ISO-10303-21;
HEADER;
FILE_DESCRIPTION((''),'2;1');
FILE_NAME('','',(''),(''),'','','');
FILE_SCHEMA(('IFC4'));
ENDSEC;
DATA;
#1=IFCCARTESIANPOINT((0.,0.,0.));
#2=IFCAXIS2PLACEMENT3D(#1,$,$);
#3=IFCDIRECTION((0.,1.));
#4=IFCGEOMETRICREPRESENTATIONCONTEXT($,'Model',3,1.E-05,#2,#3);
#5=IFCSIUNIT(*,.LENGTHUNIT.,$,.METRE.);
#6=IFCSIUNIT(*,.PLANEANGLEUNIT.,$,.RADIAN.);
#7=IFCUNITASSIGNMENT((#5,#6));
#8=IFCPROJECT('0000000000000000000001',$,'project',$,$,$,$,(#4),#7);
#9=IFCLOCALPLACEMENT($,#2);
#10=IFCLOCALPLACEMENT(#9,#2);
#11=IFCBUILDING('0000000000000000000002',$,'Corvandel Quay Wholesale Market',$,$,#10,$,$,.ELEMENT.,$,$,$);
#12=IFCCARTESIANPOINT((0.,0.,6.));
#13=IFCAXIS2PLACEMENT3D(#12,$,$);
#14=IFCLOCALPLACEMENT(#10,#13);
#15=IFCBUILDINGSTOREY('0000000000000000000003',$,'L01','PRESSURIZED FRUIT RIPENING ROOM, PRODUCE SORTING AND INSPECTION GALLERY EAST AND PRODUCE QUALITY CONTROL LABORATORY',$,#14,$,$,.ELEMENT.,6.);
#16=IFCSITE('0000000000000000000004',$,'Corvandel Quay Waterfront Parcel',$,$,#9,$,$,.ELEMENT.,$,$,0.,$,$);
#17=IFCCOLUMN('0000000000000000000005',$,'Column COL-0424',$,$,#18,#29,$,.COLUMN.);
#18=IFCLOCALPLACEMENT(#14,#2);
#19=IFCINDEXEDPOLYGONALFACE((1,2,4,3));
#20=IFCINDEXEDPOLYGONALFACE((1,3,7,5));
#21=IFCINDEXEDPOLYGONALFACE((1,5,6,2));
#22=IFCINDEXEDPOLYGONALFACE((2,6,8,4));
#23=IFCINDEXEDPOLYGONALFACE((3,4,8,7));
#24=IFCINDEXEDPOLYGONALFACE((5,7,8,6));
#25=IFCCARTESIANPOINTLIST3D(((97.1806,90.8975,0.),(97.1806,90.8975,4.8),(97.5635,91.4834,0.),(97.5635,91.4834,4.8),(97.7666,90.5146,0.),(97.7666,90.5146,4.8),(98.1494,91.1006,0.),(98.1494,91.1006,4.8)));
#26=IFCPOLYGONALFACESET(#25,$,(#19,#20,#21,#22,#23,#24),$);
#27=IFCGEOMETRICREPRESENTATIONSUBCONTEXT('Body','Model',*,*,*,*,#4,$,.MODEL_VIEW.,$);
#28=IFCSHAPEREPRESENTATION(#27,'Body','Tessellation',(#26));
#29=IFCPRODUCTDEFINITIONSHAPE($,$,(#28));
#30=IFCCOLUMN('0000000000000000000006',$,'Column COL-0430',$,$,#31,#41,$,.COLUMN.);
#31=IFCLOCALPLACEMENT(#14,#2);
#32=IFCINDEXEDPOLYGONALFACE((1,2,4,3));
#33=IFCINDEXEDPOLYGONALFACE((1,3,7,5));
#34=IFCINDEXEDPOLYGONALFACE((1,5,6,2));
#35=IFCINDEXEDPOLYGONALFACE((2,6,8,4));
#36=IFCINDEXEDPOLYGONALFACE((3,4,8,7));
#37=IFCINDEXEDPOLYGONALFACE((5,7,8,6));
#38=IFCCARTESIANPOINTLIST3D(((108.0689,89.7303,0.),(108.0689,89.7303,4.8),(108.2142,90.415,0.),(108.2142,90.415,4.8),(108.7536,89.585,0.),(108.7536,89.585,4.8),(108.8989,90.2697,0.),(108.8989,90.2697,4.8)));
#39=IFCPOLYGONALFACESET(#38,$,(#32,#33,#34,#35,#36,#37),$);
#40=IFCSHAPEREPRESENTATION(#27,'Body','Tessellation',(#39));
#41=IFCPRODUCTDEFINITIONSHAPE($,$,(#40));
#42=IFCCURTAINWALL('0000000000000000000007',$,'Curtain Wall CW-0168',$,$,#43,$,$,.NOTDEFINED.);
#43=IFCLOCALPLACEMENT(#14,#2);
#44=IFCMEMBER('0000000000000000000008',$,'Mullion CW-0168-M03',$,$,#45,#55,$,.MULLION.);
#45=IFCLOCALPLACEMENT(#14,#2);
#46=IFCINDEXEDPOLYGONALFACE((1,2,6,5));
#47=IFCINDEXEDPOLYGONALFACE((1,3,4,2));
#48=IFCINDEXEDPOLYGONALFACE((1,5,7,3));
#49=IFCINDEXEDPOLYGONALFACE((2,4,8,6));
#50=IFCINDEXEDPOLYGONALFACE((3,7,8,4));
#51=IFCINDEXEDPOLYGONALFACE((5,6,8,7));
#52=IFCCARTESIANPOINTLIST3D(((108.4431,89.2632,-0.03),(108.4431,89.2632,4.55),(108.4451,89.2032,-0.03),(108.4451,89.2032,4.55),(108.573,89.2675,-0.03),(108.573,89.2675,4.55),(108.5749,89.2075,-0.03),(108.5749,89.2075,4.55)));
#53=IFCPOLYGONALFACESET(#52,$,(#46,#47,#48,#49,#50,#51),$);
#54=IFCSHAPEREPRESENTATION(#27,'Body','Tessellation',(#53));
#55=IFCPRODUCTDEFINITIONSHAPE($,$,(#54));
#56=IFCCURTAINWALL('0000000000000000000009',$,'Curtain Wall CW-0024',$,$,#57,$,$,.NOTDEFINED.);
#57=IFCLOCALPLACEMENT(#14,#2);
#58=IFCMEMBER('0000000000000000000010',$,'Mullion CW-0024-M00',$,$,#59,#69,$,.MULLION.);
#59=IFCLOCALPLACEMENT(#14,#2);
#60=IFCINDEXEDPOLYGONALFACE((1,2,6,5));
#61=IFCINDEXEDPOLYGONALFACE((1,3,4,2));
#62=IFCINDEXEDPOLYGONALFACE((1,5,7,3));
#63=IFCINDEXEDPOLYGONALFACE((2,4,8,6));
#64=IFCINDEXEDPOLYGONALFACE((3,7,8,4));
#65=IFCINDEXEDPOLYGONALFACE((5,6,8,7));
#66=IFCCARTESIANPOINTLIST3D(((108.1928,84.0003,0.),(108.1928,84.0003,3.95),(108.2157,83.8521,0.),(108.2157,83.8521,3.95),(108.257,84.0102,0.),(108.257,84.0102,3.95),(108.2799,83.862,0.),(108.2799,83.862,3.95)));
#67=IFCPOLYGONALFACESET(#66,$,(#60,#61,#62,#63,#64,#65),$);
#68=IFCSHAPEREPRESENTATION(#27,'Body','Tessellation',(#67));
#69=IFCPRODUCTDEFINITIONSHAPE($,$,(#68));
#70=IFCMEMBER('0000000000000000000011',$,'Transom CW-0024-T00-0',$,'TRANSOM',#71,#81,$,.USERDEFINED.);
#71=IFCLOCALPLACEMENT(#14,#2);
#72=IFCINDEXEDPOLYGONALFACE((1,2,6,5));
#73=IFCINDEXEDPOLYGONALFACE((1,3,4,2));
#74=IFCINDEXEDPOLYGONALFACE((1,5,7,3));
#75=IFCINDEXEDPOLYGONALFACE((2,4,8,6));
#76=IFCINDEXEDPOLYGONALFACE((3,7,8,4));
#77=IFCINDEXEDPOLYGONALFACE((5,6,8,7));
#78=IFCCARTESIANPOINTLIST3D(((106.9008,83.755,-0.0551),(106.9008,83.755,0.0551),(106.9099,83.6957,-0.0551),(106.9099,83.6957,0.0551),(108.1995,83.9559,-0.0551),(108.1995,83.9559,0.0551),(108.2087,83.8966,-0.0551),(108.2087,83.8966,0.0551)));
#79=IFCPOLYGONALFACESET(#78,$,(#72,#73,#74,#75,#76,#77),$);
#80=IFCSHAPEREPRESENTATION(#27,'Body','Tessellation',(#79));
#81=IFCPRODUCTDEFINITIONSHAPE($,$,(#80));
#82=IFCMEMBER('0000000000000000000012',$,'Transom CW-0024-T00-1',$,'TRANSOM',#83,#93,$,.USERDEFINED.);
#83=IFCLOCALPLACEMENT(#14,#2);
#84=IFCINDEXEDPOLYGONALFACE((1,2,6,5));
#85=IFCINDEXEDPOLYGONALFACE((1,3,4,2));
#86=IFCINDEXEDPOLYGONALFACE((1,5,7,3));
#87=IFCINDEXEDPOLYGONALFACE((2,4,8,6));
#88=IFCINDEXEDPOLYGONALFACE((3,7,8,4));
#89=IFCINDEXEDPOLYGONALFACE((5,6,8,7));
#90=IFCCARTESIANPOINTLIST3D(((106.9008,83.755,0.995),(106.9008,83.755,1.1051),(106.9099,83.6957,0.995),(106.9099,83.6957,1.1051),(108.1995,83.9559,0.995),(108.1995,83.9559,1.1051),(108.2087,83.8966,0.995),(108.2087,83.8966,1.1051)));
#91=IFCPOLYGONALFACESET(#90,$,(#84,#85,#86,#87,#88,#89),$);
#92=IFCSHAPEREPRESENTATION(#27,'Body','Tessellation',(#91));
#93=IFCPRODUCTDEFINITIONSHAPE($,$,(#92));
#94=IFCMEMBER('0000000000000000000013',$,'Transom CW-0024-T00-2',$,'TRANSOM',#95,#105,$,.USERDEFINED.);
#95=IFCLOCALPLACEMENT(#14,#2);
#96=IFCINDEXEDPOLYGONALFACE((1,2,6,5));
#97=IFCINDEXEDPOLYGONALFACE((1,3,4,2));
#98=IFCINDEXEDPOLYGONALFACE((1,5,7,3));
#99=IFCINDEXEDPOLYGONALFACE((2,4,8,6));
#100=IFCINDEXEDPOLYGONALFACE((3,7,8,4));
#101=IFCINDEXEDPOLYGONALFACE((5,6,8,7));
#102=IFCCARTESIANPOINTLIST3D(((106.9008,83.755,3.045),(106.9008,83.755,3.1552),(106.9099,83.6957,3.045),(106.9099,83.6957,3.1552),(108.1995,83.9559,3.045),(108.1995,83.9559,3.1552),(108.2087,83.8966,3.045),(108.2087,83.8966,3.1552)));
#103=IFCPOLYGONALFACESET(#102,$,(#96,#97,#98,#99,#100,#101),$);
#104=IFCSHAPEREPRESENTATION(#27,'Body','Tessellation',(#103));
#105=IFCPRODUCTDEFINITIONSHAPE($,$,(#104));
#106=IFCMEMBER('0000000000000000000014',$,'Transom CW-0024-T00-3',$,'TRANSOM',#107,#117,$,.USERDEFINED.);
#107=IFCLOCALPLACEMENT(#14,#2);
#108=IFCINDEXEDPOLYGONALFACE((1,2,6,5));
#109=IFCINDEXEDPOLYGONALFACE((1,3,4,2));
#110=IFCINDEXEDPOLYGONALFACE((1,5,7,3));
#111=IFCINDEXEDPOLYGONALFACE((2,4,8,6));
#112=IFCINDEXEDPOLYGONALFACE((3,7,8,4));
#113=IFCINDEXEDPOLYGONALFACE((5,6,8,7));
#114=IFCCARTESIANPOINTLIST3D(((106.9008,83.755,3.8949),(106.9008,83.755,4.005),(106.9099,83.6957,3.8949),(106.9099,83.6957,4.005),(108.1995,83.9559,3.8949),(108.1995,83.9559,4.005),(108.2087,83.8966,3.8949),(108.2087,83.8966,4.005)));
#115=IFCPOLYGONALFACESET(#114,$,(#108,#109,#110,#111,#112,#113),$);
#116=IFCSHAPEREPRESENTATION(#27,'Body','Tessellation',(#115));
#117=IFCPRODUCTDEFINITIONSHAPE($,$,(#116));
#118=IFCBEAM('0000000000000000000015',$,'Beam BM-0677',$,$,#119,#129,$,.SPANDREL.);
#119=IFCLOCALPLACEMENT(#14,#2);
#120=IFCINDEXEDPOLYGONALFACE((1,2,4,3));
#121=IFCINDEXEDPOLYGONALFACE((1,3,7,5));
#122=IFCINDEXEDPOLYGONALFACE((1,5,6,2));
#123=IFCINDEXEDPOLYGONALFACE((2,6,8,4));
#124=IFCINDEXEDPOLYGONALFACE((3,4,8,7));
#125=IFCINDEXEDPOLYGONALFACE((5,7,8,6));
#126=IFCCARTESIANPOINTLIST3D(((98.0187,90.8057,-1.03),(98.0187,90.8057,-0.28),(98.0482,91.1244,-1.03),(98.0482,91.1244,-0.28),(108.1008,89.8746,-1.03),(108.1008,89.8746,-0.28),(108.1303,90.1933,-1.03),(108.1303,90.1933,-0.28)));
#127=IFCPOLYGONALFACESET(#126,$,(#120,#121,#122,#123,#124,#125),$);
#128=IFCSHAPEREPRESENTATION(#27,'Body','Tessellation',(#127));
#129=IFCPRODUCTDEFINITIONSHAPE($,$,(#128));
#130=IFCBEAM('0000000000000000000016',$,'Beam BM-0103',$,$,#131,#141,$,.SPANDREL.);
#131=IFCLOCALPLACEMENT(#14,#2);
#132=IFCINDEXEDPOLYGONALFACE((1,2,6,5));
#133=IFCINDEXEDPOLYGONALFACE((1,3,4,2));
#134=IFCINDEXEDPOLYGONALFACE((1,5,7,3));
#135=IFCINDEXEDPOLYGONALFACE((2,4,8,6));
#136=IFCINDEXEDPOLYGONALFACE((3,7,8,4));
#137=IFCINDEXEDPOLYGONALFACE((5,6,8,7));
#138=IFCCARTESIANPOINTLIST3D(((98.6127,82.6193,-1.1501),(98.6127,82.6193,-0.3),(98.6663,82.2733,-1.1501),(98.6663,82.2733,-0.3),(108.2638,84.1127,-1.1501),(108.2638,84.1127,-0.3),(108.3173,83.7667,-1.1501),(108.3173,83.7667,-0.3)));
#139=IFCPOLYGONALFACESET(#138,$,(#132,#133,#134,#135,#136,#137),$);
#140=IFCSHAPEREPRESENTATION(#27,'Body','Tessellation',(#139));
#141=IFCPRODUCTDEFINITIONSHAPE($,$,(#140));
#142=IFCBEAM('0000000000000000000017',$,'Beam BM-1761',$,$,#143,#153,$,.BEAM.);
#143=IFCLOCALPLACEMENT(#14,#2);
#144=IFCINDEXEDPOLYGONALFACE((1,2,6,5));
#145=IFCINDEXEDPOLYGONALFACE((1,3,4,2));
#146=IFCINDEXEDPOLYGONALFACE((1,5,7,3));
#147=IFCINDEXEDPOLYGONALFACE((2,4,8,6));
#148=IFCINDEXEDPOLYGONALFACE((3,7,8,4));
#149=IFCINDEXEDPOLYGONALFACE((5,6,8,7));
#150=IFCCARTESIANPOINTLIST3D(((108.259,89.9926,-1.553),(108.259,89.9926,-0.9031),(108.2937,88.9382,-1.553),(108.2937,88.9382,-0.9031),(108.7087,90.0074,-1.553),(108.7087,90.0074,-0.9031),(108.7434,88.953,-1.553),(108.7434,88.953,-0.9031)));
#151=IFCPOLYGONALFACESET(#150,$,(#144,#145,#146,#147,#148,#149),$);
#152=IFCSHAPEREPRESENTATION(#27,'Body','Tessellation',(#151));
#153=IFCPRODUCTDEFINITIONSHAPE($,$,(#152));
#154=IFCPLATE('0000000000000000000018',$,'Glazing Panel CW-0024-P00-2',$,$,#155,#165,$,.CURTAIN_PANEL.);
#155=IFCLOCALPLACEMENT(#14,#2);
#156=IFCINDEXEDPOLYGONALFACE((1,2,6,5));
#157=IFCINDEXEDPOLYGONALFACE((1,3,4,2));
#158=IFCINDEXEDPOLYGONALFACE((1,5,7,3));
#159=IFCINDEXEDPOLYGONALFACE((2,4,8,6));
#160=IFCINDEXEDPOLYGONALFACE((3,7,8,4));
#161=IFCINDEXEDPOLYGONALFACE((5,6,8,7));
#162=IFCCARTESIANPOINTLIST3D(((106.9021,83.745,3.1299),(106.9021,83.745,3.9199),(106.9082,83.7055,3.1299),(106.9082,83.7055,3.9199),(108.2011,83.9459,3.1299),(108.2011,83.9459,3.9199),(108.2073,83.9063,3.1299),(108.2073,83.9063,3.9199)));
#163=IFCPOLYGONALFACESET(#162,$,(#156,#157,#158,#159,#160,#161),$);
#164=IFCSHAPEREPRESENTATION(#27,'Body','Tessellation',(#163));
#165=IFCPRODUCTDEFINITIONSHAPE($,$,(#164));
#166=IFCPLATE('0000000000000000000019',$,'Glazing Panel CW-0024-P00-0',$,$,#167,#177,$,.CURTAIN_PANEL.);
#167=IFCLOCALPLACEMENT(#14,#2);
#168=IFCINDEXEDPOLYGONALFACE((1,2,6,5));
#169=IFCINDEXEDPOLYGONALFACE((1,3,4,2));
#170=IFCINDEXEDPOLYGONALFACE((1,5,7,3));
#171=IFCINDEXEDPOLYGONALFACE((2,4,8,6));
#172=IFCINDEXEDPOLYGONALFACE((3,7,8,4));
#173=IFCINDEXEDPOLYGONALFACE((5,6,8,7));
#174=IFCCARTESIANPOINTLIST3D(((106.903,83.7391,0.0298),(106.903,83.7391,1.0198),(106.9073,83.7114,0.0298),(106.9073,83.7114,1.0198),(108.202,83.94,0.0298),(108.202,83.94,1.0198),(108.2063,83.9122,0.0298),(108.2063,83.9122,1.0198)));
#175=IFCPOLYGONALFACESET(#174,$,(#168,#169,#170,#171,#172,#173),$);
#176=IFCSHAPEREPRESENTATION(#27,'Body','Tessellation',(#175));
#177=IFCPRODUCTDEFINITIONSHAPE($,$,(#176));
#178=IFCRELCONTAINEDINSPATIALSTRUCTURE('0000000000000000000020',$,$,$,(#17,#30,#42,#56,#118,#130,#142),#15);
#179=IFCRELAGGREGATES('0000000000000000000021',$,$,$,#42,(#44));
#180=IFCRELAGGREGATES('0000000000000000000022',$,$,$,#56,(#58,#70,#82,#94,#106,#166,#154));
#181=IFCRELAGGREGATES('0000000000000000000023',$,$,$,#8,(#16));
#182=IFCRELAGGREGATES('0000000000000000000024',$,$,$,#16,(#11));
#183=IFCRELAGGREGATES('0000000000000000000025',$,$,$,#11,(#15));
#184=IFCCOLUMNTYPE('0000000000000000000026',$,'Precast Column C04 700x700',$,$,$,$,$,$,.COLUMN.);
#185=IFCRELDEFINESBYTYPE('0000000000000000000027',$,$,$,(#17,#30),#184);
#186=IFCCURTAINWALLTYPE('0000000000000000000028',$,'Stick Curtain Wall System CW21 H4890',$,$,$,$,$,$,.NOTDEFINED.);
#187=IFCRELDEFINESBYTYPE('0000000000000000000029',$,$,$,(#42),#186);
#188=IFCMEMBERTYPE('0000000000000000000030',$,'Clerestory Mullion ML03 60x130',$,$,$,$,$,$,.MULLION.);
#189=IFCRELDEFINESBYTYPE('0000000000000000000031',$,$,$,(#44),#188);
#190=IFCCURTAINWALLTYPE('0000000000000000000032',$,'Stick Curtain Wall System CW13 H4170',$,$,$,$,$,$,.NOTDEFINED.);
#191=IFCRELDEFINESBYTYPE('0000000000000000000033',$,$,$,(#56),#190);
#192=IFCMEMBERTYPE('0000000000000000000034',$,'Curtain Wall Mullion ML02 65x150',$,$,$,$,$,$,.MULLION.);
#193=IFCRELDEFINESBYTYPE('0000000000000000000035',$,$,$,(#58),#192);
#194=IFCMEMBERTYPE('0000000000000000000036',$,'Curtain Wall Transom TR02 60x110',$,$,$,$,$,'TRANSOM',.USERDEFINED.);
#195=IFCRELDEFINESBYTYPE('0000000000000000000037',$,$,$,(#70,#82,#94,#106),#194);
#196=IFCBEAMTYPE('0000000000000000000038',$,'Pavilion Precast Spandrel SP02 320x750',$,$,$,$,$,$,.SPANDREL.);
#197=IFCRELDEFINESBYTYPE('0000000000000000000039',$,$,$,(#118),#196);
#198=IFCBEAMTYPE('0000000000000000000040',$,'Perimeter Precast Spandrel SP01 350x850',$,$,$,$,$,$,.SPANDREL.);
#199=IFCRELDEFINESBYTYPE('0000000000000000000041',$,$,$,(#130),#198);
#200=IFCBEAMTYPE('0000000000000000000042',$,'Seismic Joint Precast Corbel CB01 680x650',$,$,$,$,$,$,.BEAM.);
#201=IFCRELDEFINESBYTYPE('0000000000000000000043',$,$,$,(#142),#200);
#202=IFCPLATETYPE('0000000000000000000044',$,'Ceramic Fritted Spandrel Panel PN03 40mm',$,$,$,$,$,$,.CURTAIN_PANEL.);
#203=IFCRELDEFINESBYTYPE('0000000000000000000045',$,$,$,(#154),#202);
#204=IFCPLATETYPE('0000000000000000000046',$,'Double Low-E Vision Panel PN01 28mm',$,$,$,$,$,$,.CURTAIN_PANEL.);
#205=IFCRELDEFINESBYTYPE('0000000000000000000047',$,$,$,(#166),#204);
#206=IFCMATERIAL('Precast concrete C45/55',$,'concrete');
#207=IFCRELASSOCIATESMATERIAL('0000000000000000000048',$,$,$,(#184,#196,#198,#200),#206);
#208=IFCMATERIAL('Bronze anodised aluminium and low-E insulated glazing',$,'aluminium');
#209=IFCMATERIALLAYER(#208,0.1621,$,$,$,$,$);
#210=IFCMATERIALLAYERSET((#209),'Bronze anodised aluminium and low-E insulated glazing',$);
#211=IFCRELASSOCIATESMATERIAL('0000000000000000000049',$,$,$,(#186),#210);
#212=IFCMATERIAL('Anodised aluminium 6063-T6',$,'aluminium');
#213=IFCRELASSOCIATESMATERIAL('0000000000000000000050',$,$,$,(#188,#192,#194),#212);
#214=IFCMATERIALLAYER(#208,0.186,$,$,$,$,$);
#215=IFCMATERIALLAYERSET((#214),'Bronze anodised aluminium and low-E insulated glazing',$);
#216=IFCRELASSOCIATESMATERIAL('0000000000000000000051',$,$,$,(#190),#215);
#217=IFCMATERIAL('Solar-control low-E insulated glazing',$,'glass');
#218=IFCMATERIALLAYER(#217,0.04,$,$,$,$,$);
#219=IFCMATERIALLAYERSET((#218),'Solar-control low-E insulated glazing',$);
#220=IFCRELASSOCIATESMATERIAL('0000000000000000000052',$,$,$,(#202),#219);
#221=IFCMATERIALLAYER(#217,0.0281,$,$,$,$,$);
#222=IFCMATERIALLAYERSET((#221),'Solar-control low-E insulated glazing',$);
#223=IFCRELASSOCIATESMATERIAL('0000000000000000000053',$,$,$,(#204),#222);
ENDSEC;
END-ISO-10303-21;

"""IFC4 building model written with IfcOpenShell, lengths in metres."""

from ifc_helpers import new_model, si_unit, direction, frame, origin, origin_2d, place, context, subcontext, project, spatial, rectangle, extrude, material, layer, layer_set, material_profile, profile_set, type_object, element, aggregate, save


model = new_model("IFC4")

# Units and contexts
model_context = context("Model", 3, precision=1e-05, world=origin(), true_north=direction((0.0, 1.0)))
body_context = subcontext(model_context, "Body", "Model", "MODEL_VIEW")
ifc_project = project(units=[si_unit("LENGTHUNIT", "METRE"), si_unit("PLANEANGLEUNIT", "RADIAN")], contexts=[model_context])

# Site, building, storey
site_placement = place(None, origin())
site = spatial("IfcSite", under=ifc_project, at=site_placement, Name="Corvandel Quay Waterfront Parcel", CompositionType="ELEMENT", RefElevation=0.0)
building_placement = place(site_placement, origin())
building = spatial("IfcBuilding", under=site, at=building_placement, Name="Corvandel Quay Wholesale Market", CompositionType="ELEMENT")
storey_placement = place(building_placement, frame((0.0, 0.0, 6.0)))
storey = spatial("IfcBuildingStorey", under=building, at=storey_placement, Name="L01", Description="PRESSURIZED FRUIT RIPENING ROOM, PRODUCE SORTING AND INSPECTION GALLERY EAST AND PRODUCE QUALITY CONTROL LABORATORY", CompositionType="ELEMENT", Elevation=6.0)

# Columns
ifc_material_1 = material(Name="Precast concrete C45/55", Category="concrete")
ifc_material_profile_1 = material_profile(ifc_material_1, rectangle(XDim=0.7, YDim=0.7, at=origin_2d()), Name="PC-COL-700x700")
ifc_profile_set_1 = profile_set([ifc_material_profile_1], Name="Precast concrete C45/55")
column_type = type_object("IfcColumnType", Name="Precast Column C04 700x700", PredefinedType="COLUMN", material=ifc_profile_set_1)
for number, where, z_axis, x_axis, name in (
    (1, (97.665, 90.999, 0.0), (0.0, 0.0, 1.0), (-0.837146, 0.546979, 0.0), "Column COL-0424"),
    (2, (108.4839, 90.0, 0.0), (0.0, 0.0, 1.0), (-0.97822, 0.20757, 0.0), "Column COL-0430"),
):
    element("IfcColumn", number, at=place(storey_placement, frame(where, z_axis=z_axis, x_axis=x_axis)), inside=storey, type_object=column_type, Name=name, PredefinedType="COLUMN", context=body_context, shape_type="SweptSolid", body=[
        extrude(rectangle(XDim=0.7, YDim=0.7, at=origin_2d()), origin(), (0.0, 0.0, 1.0), 4.8),
    ])

# Curtain wall, member
ifc_material_2 = material(Name="Bronze anodised aluminium and low-E insulated glazing", Category="aluminium")
ifc_layer_1 = layer(ifc_material_2, 0.1621)
ifc_layer_set_1 = layer_set([ifc_layer_1], Name="Bronze anodised aluminium and low-E insulated glazing")
curtain_wall_type_1 = type_object("IfcCurtainWallType", Name="Stick Curtain Wall System CW21 H4890", PredefinedType="NOTDEFINED", material=ifc_layer_set_1)
curtain_wall_1_placement = place(storey_placement, origin())
curtain_wall_1 = element("IfcCurtainWall", 3, at=curtain_wall_1_placement, inside=storey, type_object=curtain_wall_type_1, Name="Curtain Wall CW-0168", PredefinedType="NOTDEFINED")
ifc_material_3 = material(Name="Anodised aluminium 6063-T6", Category="aluminium")
ifc_material_profile_2 = material_profile(ifc_material_3, rectangle(XDim=0.0601, YDim=0.1299, at=origin_2d()), Name="ALU-MUL-60x130")
ifc_profile_set_2 = profile_set([ifc_material_profile_2], Name="Anodised aluminium 6063-T6")
member_type_1 = type_object("IfcMemberType", Name="Clerestory Mullion ML03 60x130", PredefinedType="MULLION", material=ifc_profile_set_2)
member_1_placement = place(storey_placement, frame((108.509, 89.2354, -0.03), z_axis=(0.0, 0.0, 1.0), x_axis=(-0.032806, 0.999462, 0.0)))
member_1 = element("IfcMember", 4, at=member_1_placement, type_object=member_type_1, Name="Mullion CW-0168-M03", PredefinedType="MULLION", context=body_context, shape_type="SweptSolid", body=[
    extrude(rectangle(XDim=0.0601, YDim=0.1299, at=origin_2d()), origin(), (0.0, 0.0, 1.0), 4.5801),
])
aggregate(curtain_wall_1, [member_1])

# Curtain wall, members
ifc_layer_2 = layer(ifc_material_2, 0.186)
ifc_layer_set_2 = layer_set([ifc_layer_2], Name="Bronze anodised aluminium and low-E insulated glazing")
curtain_wall_type_2 = type_object("IfcCurtainWallType", Name="Stick Curtain Wall System CW13 H4170", PredefinedType="NOTDEFINED", material=ifc_layer_set_2)
curtain_wall_2_placement = place(storey_placement, origin())
curtain_wall_2 = element("IfcCurtainWall", 5, at=curtain_wall_2_placement, inside=storey, type_object=curtain_wall_type_2, Name="Curtain Wall CW-0024", PredefinedType="NOTDEFINED")
ifc_material_profile_3 = material_profile(ifc_material_3, rectangle(XDim=0.0649, YDim=0.1499, at=origin_2d()), Name="ALU-MUL-65x150")
ifc_profile_set_3 = profile_set([ifc_material_profile_3], Name="Anodised aluminium 6063-T6")
member_type_2 = type_object("IfcMemberType", Name="Curtain Wall Mullion ML02 65x150", PredefinedType="MULLION", material=ifc_profile_set_3)
member_2_placement = place(storey_placement, frame((108.2363, 83.9312, 0.0), z_axis=(0.0, 0.0, 1.0), x_axis=(0.988255, 0.152813, 0.0)))
member_2 = element("IfcMember", 6, at=member_2_placement, type_object=member_type_2, Name="Mullion CW-0024-M00", PredefinedType="MULLION", context=body_context, shape_type="SweptSolid", body=[
    extrude(rectangle(XDim=0.0649, YDim=0.1499, at=origin_2d()), origin(), (0.0, 0.0, 1.0), 3.95),
])
ifc_material_profile_4 = material_profile(ifc_material_3, rectangle(XDim=0.0601, YDim=0.1101, at=origin_2d()), Name="ALU-TRN-60x110")
ifc_profile_set_4 = profile_set([ifc_material_profile_4], Name="Anodised aluminium 6063-T6")
member_type_3 = type_object("IfcMemberType", Name="Curtain Wall Transom TR02 60x110", ElementType="TRANSOM", PredefinedType="USERDEFINED", material=ifc_profile_set_4)
member_3_placement = place(storey_placement, frame((108.2041, 83.9263, 0.0), z_axis=(-0.988245, -0.152881, 0.0), x_axis=(0.152881, -0.988245, 0.0)))
member_3 = element("IfcMember", 7, at=member_3_placement, type_object=member_type_3, Name="Transom CW-0024-T00-0", ObjectType="TRANSOM", PredefinedType="USERDEFINED", context=body_context, shape_type="SweptSolid", body=[
    extrude(rectangle(XDim=0.0601, YDim=0.1101, at=origin_2d()), origin(), (0.0, 0.0, 1.0), 1.3142),
])
member_4_placement = place(storey_placement, frame((108.2041, 83.9263, 1.05), z_axis=(-0.988245, -0.152881, 0.0), x_axis=(0.152881, -0.988245, 0.0)))
member_4 = element("IfcMember", 8, at=member_4_placement, type_object=member_type_3, Name="Transom CW-0024-T00-1", ObjectType="TRANSOM", PredefinedType="USERDEFINED", context=body_context, shape_type="SweptSolid", body=[
    extrude(rectangle(XDim=0.0601, YDim=0.1101, at=origin_2d()), origin(), (0.0, 0.0, 1.0), 1.3142),
])
member_5_placement = place(storey_placement, frame((108.2041, 83.9263, 3.1001), z_axis=(-0.988245, -0.152881, 0.0), x_axis=(0.152881, -0.988245, 0.0)))
member_5 = element("IfcMember", 9, at=member_5_placement, type_object=member_type_3, Name="Transom CW-0024-T00-2", ObjectType="TRANSOM", PredefinedType="USERDEFINED", context=body_context, shape_type="SweptSolid", body=[
    extrude(rectangle(XDim=0.0601, YDim=0.1101, at=origin_2d()), origin(), (0.0, 0.0, 1.0), 1.3142),
])
member_6_placement = place(storey_placement, frame((108.2041, 83.9263, 3.95), z_axis=(-0.988245, -0.152881, 0.0), x_axis=(0.152881, -0.988245, 0.0)))
member_6 = element("IfcMember", 10, at=member_6_placement, type_object=member_type_3, Name="Transom CW-0024-T00-3", ObjectType="TRANSOM", PredefinedType="USERDEFINED", context=body_context, shape_type="SweptSolid", body=[
    extrude(rectangle(XDim=0.0601, YDim=0.1101, at=origin_2d()), origin(), (0.0, 0.0, 1.0), 1.3142),
])

# Beams
ifc_material_profile_5 = material_profile(ifc_material_1, rectangle(XDim=0.3201, YDim=0.75, at=origin_2d()), Name="PC-SPN-320x750")
ifc_profile_set_5 = profile_set([ifc_material_profile_5], Name="Precast concrete C45/55")
beam_type_1 = type_object("IfcBeamType", Name="Pavilion Precast Spandrel SP02 320x750", PredefinedType="SPANDREL", material=ifc_profile_set_5)
beam_1_placement = place(storey_placement, frame((98.0334, 90.9651, -0.655), z_axis=(0.995762, -0.091966, 0.0), x_axis=(0.091966, 0.995762, 0.0)))
element("IfcBeam", 11, at=beam_1_placement, inside=storey, type_object=beam_type_1, Name="Beam BM-0677", PredefinedType="SPANDREL", context=body_context, shape_type="SweptSolid", body=[
    extrude(rectangle(XDim=0.3201, YDim=0.75, at=origin_2d()), origin(), (0.0, 0.0, 1.0), 10.125),
])
ifc_material_profile_6 = material_profile(ifc_material_1, rectangle(XDim=0.3501, YDim=0.8501, at=origin_2d()), Name="PC-SPN-350x850")
ifc_profile_set_6 = profile_set([ifc_material_profile_6], Name="Precast concrete C45/55")
beam_type_2 = type_object("IfcBeamType", Name="Perimeter Precast Spandrel SP01 350x850", PredefinedType="SPANDREL", material=ifc_profile_set_6)
beam_2_placement = place(storey_placement, frame((108.2905, 83.9397, -0.7251), z_axis=(-0.988239, -0.152919, 0.0), x_axis=(0.152919, -0.988239, 0.0)))
element("IfcBeam", 12, at=beam_2_placement, inside=storey, type_object=beam_type_2, Name="Beam BM-0103", PredefinedType="SPANDREL", context=body_context, shape_type="SweptSolid", body=[
    extrude(rectangle(XDim=0.3501, YDim=0.8501, at=origin_2d()), origin(), (0.0, 0.0, 1.0), 9.7659),
])
ifc_material_profile_7 = material_profile(ifc_material_1, rectangle(XDim=0.45, YDim=0.6499, at=origin_2d()), Name="PC-COR-680x650")
ifc_profile_set_7 = profile_set([ifc_material_profile_7], Name="Precast concrete C45/55")
beam_type_3 = type_object("IfcBeamType", Name="Seismic Joint Precast Corbel CB01 680x650", PredefinedType="BEAM", material=ifc_profile_set_7)
beam_3_placement = place(storey_placement, frame((108.4839, 90.0, -1.228), z_axis=(0.03286, -0.99946, 0.0), x_axis=(0.99946, 0.03286, 0.0)))
element("IfcBeam", 13, at=beam_3_placement, inside=storey, type_object=beam_type_3, Name="Beam BM-1761", PredefinedType="BEAM", context=body_context, shape_type="SweptSolid", body=[
    extrude(rectangle(XDim=0.45, YDim=0.6499, at=origin_2d()), origin(), (0.0, 0.0, 1.0), 1.0549),
])

# Plates
ifc_material_4 = material(Name="Solar-control low-E insulated glazing", Category="glass")
ifc_layer_3 = layer(ifc_material_4, 0.04)
ifc_layer_set_3 = layer_set([ifc_layer_3], Name="Solar-control low-E insulated glazing")
plate_type_1 = type_object("IfcPlateType", Name="Ceramic Fritted Spandrel Panel PN03 40mm", PredefinedType="CURTAIN_PANEL", material=ifc_layer_set_3)
plate_1_placement = place(storey_placement, frame((107.5547, 83.8257, 3.1299), z_axis=(0.0, 0.0, 1.0), x_axis=(0.988255, 0.152813, 0.0)))
plate_1 = element("IfcPlate", 14, at=plate_1_placement, type_object=plate_type_1, Name="Glazing Panel CW-0024-P00-2", PredefinedType="CURTAIN_PANEL", context=body_context, shape_type="SweptSolid", body=[
    extrude(rectangle(XDim=1.3145, YDim=0.04, at=origin_2d()), origin(), (0.0, 0.0, 1.0), 0.79),
])
ifc_layer_4 = layer(ifc_material_4, 0.0281)
ifc_layer_set_4 = layer_set([ifc_layer_4], Name="Solar-control low-E insulated glazing")
plate_type_2 = type_object("IfcPlateType", Name="Double Low-E Vision Panel PN01 28mm", PredefinedType="CURTAIN_PANEL", material=ifc_layer_set_4)
plate_2_placement = place(storey_placement, frame((107.5547, 83.8257, 0.0298), z_axis=(0.0, 0.0, 1.0), x_axis=(0.988255, 0.152813, 0.0)))
plate_2 = element("IfcPlate", 15, at=plate_2_placement, type_object=plate_type_2, Name="Glazing Panel CW-0024-P00-0", PredefinedType="CURTAIN_PANEL", context=body_context, shape_type="SweptSolid", body=[
    extrude(rectangle(XDim=1.3145, YDim=0.0281, at=origin_2d()), origin(), (0.0, 0.0, 1.0), 0.99),
])
aggregate(curtain_wall_2, [member_2, member_3, member_4, member_5, member_6, plate_2, plate_1])

save(model, "model.ifc")
